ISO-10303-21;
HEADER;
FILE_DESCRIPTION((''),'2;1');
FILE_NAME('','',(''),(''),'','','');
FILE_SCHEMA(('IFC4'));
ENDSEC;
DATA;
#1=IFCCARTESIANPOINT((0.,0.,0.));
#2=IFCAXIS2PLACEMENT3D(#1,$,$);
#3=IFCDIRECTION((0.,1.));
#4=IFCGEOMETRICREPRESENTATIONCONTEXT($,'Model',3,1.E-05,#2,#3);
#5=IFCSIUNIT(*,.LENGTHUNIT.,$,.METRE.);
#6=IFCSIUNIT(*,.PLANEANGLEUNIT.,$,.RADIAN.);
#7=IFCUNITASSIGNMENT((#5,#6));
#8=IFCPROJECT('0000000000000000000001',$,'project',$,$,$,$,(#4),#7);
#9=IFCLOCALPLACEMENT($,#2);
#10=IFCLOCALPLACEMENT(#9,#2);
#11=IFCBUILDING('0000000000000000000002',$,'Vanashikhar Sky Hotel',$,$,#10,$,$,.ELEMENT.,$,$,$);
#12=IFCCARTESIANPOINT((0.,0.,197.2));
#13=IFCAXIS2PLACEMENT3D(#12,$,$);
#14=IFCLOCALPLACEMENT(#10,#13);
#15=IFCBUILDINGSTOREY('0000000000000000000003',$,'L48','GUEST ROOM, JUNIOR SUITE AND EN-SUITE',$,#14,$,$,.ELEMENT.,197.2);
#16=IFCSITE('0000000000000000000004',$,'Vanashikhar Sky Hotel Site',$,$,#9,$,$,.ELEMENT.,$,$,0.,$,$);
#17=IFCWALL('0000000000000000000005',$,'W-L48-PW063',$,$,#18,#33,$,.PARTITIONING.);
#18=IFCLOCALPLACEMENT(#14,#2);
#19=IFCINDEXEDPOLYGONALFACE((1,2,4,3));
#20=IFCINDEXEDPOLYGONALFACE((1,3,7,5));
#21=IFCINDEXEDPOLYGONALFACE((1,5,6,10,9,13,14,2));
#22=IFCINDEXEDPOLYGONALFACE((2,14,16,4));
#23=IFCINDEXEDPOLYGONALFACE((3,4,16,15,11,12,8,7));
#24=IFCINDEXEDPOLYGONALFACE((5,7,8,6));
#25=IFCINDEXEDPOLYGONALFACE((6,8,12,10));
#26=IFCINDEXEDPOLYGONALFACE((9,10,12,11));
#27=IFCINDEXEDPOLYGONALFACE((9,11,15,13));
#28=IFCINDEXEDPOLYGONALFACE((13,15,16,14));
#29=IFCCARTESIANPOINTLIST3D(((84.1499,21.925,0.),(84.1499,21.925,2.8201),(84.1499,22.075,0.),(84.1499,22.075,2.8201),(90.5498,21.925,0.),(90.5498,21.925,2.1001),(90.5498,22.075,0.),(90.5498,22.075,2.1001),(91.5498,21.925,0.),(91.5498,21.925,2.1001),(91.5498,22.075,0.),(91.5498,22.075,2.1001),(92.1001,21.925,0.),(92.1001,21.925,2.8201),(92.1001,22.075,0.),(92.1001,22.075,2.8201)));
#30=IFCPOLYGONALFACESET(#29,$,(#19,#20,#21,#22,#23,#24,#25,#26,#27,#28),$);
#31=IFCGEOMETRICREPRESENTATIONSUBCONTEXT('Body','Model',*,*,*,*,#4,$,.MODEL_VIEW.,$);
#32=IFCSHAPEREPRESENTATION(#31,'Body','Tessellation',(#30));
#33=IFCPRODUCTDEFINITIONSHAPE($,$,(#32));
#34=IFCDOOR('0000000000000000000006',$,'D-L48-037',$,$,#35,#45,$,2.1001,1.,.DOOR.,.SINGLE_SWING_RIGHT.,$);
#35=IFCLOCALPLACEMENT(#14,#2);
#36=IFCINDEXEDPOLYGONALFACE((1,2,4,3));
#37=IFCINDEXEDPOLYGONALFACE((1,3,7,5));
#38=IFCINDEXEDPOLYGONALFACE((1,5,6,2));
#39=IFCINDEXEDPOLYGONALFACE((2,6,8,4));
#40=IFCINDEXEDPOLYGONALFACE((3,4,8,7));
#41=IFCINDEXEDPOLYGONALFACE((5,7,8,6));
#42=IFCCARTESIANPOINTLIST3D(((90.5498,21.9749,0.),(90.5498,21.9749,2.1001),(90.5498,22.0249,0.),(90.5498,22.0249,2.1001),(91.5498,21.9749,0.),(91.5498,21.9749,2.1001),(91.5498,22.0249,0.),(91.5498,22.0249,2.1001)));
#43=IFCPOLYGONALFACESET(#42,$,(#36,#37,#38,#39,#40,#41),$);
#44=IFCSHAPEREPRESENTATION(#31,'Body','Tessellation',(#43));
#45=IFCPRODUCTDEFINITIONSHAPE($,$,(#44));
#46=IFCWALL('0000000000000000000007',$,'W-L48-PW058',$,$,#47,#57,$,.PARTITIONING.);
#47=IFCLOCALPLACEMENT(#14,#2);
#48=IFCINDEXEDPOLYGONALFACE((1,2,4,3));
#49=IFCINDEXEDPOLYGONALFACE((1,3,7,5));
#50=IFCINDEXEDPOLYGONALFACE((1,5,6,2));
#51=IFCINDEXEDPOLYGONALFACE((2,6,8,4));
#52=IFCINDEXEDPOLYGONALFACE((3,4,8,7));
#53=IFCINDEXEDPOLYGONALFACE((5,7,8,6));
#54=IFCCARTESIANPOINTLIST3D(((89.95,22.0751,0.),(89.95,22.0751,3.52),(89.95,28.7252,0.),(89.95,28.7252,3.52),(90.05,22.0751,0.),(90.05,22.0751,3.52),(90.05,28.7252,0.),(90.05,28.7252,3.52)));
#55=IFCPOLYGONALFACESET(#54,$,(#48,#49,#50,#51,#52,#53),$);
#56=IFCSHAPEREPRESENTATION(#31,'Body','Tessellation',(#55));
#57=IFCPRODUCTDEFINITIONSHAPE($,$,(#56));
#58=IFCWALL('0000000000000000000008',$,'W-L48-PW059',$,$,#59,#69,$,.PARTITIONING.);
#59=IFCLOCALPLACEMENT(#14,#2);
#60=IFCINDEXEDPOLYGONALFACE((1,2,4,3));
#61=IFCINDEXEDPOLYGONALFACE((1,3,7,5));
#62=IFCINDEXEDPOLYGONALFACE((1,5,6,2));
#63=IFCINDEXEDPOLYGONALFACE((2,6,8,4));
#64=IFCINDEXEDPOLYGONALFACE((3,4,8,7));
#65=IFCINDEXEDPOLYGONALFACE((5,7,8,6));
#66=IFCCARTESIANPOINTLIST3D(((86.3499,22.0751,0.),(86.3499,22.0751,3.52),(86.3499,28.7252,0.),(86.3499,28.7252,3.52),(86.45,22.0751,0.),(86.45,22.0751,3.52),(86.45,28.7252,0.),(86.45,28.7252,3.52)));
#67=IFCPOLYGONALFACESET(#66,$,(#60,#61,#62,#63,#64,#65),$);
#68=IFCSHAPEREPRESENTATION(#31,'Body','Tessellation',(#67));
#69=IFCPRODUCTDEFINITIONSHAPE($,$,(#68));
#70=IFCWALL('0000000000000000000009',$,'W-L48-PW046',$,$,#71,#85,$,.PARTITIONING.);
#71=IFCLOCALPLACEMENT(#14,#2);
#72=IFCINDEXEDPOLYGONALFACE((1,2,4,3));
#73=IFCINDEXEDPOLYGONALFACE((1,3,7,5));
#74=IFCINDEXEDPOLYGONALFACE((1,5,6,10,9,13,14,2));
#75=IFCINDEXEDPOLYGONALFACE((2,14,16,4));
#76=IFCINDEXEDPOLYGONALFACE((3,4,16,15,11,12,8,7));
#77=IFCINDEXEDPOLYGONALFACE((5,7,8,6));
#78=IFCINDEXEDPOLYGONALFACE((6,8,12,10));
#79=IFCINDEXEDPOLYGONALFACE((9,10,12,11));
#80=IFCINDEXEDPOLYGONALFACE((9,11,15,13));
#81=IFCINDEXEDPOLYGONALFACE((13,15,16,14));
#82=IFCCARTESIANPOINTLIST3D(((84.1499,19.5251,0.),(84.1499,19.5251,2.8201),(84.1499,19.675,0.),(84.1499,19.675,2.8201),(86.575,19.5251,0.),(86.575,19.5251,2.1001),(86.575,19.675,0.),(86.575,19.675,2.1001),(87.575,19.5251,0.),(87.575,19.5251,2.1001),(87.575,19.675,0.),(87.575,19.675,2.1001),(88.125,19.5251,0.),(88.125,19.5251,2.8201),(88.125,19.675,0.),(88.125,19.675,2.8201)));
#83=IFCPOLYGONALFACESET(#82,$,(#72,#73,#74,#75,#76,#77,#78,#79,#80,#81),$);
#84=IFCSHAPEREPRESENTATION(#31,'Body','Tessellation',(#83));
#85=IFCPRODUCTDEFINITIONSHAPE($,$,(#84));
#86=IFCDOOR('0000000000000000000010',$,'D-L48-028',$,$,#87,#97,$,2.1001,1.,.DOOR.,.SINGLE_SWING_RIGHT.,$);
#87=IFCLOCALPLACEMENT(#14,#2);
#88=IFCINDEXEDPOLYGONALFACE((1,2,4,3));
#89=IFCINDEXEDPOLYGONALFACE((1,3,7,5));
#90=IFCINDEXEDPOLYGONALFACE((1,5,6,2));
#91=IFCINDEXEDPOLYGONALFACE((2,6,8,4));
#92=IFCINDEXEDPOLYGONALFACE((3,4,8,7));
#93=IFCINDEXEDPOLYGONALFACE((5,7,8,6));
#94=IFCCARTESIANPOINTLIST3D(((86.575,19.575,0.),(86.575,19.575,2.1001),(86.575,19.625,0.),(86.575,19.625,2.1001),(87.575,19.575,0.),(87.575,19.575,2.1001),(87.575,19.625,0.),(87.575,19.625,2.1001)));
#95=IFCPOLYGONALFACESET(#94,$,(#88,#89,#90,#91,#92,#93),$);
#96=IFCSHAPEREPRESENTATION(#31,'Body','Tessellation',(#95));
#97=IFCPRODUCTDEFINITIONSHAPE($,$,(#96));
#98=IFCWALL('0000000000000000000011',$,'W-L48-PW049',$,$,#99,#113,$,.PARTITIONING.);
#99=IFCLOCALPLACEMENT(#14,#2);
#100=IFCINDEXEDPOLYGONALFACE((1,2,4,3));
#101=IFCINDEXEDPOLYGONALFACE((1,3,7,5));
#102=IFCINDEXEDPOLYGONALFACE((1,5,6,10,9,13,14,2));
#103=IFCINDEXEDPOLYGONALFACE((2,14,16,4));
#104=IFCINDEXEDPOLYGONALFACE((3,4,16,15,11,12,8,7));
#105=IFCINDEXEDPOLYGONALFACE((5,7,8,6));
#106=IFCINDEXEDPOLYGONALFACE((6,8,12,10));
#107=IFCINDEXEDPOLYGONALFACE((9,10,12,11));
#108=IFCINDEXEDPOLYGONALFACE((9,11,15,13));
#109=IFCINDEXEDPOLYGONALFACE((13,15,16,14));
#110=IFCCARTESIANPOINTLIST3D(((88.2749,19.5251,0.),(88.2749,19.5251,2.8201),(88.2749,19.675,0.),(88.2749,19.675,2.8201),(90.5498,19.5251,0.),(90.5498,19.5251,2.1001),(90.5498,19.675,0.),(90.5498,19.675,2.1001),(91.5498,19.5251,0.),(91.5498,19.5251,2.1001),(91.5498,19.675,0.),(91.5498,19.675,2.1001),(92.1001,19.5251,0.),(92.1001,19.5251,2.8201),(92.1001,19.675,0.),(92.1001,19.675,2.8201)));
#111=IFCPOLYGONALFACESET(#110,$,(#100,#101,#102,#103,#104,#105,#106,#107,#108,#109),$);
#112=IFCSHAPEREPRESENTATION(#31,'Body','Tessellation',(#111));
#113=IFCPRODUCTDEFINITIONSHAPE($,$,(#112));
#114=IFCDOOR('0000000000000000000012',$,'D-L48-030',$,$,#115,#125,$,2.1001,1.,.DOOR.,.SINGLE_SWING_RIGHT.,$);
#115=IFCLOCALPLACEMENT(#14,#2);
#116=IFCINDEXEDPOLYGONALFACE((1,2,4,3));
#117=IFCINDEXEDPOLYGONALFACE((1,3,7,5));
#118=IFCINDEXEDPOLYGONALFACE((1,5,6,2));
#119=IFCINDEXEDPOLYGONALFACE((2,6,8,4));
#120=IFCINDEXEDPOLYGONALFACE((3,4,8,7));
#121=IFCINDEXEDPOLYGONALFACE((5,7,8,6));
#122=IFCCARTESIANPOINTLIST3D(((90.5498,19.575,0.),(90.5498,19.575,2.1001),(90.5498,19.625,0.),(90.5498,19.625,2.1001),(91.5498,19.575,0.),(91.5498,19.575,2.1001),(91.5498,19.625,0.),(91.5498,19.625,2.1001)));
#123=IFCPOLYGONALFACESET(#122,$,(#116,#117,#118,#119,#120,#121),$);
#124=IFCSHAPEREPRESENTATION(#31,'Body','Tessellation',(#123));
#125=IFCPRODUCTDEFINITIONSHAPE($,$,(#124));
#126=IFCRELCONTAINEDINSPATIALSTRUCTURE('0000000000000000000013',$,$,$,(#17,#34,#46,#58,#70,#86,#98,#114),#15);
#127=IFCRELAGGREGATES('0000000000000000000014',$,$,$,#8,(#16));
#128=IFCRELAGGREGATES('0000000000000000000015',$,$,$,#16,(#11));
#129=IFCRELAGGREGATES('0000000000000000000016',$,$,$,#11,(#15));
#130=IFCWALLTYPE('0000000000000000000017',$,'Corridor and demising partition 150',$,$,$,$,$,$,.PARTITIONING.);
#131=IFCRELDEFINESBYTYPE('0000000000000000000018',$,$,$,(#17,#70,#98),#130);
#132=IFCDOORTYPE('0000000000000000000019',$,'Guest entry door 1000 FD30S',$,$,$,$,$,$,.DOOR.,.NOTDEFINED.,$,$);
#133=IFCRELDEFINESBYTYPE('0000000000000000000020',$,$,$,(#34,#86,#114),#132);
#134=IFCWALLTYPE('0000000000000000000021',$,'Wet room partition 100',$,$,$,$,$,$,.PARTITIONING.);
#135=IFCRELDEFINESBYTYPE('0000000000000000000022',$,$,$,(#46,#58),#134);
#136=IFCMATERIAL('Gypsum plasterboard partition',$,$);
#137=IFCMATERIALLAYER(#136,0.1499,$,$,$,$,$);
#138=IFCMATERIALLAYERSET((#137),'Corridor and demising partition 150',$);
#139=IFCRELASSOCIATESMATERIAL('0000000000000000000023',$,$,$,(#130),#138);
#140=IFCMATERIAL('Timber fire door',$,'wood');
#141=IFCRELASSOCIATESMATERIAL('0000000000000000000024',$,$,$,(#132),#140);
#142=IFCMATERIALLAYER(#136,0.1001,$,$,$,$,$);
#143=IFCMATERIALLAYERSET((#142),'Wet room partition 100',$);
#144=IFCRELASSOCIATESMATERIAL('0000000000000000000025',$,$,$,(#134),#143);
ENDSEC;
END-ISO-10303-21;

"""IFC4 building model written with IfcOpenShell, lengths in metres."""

from ifc_helpers import new_model, si_unit, direction, frame, frame_2d, origin, place, context, subcontext, project, spatial, rectangle, extrude, source, transform, mapped, material, layer, layer_set, type_object, element, fill, save


model = new_model("IFC4")

# Units and contexts
model_context = context("Model", 3, precision=1e-05, world=origin(), true_north=direction((0.0, 1.0)))
body_context = subcontext(model_context, "Body", "Model", "MODEL_VIEW")
ifc_project = project(units=[si_unit("LENGTHUNIT", "METRE"), si_unit("PLANEANGLEUNIT", "RADIAN")], contexts=[model_context])

# Site, building, storey
site_placement = place(None, origin())
site = spatial("IfcSite", under=ifc_project, at=site_placement, Name="Vanashikhar Sky Hotel Site", CompositionType="ELEMENT", RefElevation=0.0)
building_placement = place(site_placement, origin())
building = spatial("IfcBuilding", under=site, at=building_placement, Name="Vanashikhar Sky Hotel", CompositionType="ELEMENT")
storey_placement = place(building_placement, frame((0.0, 0.0, 197.2)))
storey = spatial("IfcBuildingStorey", under=building, at=storey_placement, Name="L48", Description="GUEST ROOM, JUNIOR SUITE AND EN-SUITE", CompositionType="ELEMENT", Elevation=197.2)

# Wall, opening, door
ifc_material_1 = material(Name="Gypsum plasterboard partition")
ifc_layer_1 = layer(ifc_material_1, 0.1499)
ifc_layer_set_1 = layer_set([ifc_layer_1], Name="Corridor and demising partition 150")
wall_type_1 = type_object("IfcWallType", Name="Corridor and demising partition 150", PredefinedType="PARTITIONING", material=ifc_layer_set_1)
shared_shape_1 = source(origin(), body_context, "Body", "SweptSolid", [
    extrude(rectangle(XDim=7.9502, YDim=0.1499, at=frame_2d((3.9751, 0.0))), origin(), (0.0, 0.0, 1.0), 2.8201),
])
wall_1_placement = place(storey_placement, frame((84.1499, 22.0, 0.0), z_axis=(0.0, 0.0, 1.0), x_axis=(1.0, 0.0, 0.0)))
wall_1 = element("IfcWall", 1, at=wall_1_placement, inside=storey, type_object=wall_type_1, Name="W-L48-PW063", PredefinedType="PARTITIONING", context=body_context, shape_type="MappedRepresentation", body=[
    mapped(shared_shape_1, transform((0.0, 0.0, 0.0), scale=1.0)),
])
shared_shape_2 = source(origin(), body_context, "Body", "SweptSolid", [
    extrude(rectangle(XDim=1.0, YDim=2.1001, at=frame_2d((0.5, 1.05))), frame((0.0, 0.085, 0.0), z_axis=(0.0, -1.0, 0.0), x_axis=(1.0, 0.0, 0.0)), (0.0, 0.0, 1.0), 0.1699),
])
opening_1_placement = place(wall_1_placement, frame((6.3999, 0.0, 0.0)))
opening_1 = element("IfcOpeningElement", 2, at=opening_1_placement, cuts=wall_1, PredefinedType="OPENING", context=body_context, shape_type="MappedRepresentation", body=[
    mapped(shared_shape_2, transform((0.0, 0.0, 0.0), scale=1.0)),
])
ifc_material_2 = material(Name="Timber fire door", Category="wood")
door_type = type_object("IfcDoorType", Name="Guest entry door 1000 FD30S", OperationType="NOTDEFINED", PredefinedType="DOOR", material=ifc_material_2)
shared_shape_3 = source(origin(), body_context, "Body", "SweptSolid", [
    extrude(rectangle(XDim=1.0, YDim=2.1001, at=frame_2d((0.5, 1.05))), frame((0.0, 0.0249, 0.0), z_axis=(0.0, -1.0, 0.0), x_axis=(1.0, 0.0, 0.0)), (0.0, 0.0, 1.0), 0.05),
])
door_1_placement = place(opening_1_placement, origin())
door_1 = element("IfcDoor", 3, at=door_1_placement, inside=storey, type_object=door_type, Name="D-L48-037", OperationType="SINGLE_SWING_RIGHT", OverallHeight=2.1001, OverallWidth=1.0, PredefinedType="DOOR", context=body_context, shape_type="MappedRepresentation", body=[
    mapped(shared_shape_3, transform((0.0, 0.0, 0.0), scale=1.0)),
])
fill(opening_1, door_1)

# Walls
ifc_layer_2 = layer(ifc_material_1, 0.1001)
ifc_layer_set_2 = layer_set([ifc_layer_2], Name="Wet room partition 100")
wall_type_2 = type_object("IfcWallType", Name="Wet room partition 100", PredefinedType="PARTITIONING", material=ifc_layer_set_2)
shared_shape_4 = source(origin(), body_context, "Body", "SweptSolid", [
    extrude(rectangle(XDim=6.6501, YDim=0.1001, at=frame_2d((3.3252, 0.0))), origin(), (0.0, 0.0, 1.0), 3.52),
])
for number, where, z_axis, x_axis, name in (
    (4, (90.0, 22.075, 0.0), (0.0, 0.0, 1.0), (0.0, 1.0, 0.0), "W-L48-PW058"),
    (5, (86.3999, 22.075, 0.0), (0.0, 0.0, 1.0), (0.0, 1.0, 0.0), "W-L48-PW059"),
):
    element("IfcWall", number, at=place(storey_placement, frame(where, z_axis=z_axis, x_axis=x_axis)), inside=storey, type_object=wall_type_2, Name=name, PredefinedType="PARTITIONING", context=body_context, shape_type="MappedRepresentation", body=[
        mapped(shared_shape_4, transform((0.0, 0.0, 0.0), scale=1.0)),
    ])

# Walls, openings, doors
shared_shape_5 = source(origin(), body_context, "Body", "SweptSolid", [
    extrude(rectangle(XDim=3.9751, YDim=0.1499, at=frame_2d((1.9875, 0.0))), origin(), (0.0, 0.0, 1.0), 2.8201),
])
wall_2_placement = place(storey_placement, frame((84.1499, 19.6001, 0.0), z_axis=(0.0, 0.0, 1.0), x_axis=(1.0, 0.0, 0.0)))
wall_2 = element("IfcWall", 6, at=wall_2_placement, inside=storey, type_object=wall_type_1, Name="W-L48-PW046", PredefinedType="PARTITIONING", context=body_context, shape_type="MappedRepresentation", body=[
    mapped(shared_shape_5, transform((0.0, 0.0, 0.0), scale=1.0)),
])
opening_2_placement = place(wall_2_placement, frame((2.425, 0.0, 0.0)))
opening_2 = element("IfcOpeningElement", 7, at=opening_2_placement, cuts=wall_2, PredefinedType="OPENING", context=body_context, shape_type="MappedRepresentation", body=[
    mapped(shared_shape_2, transform((0.0, 0.0, 0.0), scale=1.0)),
])
door_2_placement = place(opening_2_placement, origin())
door_2 = element("IfcDoor", 8, at=door_2_placement, inside=storey, type_object=door_type, Name="D-L48-028", OperationType="SINGLE_SWING_RIGHT", OverallHeight=2.1001, OverallWidth=1.0, PredefinedType="DOOR", context=body_context, shape_type="MappedRepresentation", body=[
    mapped(shared_shape_3, transform((0.0, 0.0, 0.0), scale=1.0)),
])
fill(opening_2, door_2)
shared_shape_6 = source(origin(), body_context, "Body", "SweptSolid", [
    extrude(rectangle(XDim=3.8252, YDim=0.1499, at=frame_2d((1.9126, 0.0))), origin(), (0.0, 0.0, 1.0), 2.8201),
])
wall_3_placement = place(storey_placement, frame((88.2749, 19.6001, 0.0), z_axis=(0.0, 0.0, 1.0), x_axis=(1.0, 0.0, 0.0)))
wall_3 = element("IfcWall", 9, at=wall_3_placement, inside=storey, type_object=wall_type_1, Name="W-L48-PW049", PredefinedType="PARTITIONING", context=body_context, shape_type="MappedRepresentation", body=[
    mapped(shared_shape_6, transform((0.0, 0.0, 0.0), scale=1.0)),
])
opening_3_placement = place(wall_3_placement, frame((2.2749, 0.0, 0.0)))
opening_3 = element("IfcOpeningElement", 10, at=opening_3_placement, cuts=wall_3, PredefinedType="OPENING", context=body_context, shape_type="MappedRepresentation", body=[
    mapped(shared_shape_2, transform((0.0, 0.0, 0.0), scale=1.0)),
])
door_3_placement = place(opening_3_placement, origin())
door_3 = element("IfcDoor", 11, at=door_3_placement, inside=storey, type_object=door_type, Name="D-L48-030", OperationType="SINGLE_SWING_RIGHT", OverallHeight=2.1001, OverallWidth=1.0, PredefinedType="DOOR", context=body_context, shape_type="MappedRepresentation", body=[
    mapped(shared_shape_3, transform((0.0, 0.0, 0.0), scale=1.0)),
])
fill(opening_3, door_3)

save(model, "model.ifc")
